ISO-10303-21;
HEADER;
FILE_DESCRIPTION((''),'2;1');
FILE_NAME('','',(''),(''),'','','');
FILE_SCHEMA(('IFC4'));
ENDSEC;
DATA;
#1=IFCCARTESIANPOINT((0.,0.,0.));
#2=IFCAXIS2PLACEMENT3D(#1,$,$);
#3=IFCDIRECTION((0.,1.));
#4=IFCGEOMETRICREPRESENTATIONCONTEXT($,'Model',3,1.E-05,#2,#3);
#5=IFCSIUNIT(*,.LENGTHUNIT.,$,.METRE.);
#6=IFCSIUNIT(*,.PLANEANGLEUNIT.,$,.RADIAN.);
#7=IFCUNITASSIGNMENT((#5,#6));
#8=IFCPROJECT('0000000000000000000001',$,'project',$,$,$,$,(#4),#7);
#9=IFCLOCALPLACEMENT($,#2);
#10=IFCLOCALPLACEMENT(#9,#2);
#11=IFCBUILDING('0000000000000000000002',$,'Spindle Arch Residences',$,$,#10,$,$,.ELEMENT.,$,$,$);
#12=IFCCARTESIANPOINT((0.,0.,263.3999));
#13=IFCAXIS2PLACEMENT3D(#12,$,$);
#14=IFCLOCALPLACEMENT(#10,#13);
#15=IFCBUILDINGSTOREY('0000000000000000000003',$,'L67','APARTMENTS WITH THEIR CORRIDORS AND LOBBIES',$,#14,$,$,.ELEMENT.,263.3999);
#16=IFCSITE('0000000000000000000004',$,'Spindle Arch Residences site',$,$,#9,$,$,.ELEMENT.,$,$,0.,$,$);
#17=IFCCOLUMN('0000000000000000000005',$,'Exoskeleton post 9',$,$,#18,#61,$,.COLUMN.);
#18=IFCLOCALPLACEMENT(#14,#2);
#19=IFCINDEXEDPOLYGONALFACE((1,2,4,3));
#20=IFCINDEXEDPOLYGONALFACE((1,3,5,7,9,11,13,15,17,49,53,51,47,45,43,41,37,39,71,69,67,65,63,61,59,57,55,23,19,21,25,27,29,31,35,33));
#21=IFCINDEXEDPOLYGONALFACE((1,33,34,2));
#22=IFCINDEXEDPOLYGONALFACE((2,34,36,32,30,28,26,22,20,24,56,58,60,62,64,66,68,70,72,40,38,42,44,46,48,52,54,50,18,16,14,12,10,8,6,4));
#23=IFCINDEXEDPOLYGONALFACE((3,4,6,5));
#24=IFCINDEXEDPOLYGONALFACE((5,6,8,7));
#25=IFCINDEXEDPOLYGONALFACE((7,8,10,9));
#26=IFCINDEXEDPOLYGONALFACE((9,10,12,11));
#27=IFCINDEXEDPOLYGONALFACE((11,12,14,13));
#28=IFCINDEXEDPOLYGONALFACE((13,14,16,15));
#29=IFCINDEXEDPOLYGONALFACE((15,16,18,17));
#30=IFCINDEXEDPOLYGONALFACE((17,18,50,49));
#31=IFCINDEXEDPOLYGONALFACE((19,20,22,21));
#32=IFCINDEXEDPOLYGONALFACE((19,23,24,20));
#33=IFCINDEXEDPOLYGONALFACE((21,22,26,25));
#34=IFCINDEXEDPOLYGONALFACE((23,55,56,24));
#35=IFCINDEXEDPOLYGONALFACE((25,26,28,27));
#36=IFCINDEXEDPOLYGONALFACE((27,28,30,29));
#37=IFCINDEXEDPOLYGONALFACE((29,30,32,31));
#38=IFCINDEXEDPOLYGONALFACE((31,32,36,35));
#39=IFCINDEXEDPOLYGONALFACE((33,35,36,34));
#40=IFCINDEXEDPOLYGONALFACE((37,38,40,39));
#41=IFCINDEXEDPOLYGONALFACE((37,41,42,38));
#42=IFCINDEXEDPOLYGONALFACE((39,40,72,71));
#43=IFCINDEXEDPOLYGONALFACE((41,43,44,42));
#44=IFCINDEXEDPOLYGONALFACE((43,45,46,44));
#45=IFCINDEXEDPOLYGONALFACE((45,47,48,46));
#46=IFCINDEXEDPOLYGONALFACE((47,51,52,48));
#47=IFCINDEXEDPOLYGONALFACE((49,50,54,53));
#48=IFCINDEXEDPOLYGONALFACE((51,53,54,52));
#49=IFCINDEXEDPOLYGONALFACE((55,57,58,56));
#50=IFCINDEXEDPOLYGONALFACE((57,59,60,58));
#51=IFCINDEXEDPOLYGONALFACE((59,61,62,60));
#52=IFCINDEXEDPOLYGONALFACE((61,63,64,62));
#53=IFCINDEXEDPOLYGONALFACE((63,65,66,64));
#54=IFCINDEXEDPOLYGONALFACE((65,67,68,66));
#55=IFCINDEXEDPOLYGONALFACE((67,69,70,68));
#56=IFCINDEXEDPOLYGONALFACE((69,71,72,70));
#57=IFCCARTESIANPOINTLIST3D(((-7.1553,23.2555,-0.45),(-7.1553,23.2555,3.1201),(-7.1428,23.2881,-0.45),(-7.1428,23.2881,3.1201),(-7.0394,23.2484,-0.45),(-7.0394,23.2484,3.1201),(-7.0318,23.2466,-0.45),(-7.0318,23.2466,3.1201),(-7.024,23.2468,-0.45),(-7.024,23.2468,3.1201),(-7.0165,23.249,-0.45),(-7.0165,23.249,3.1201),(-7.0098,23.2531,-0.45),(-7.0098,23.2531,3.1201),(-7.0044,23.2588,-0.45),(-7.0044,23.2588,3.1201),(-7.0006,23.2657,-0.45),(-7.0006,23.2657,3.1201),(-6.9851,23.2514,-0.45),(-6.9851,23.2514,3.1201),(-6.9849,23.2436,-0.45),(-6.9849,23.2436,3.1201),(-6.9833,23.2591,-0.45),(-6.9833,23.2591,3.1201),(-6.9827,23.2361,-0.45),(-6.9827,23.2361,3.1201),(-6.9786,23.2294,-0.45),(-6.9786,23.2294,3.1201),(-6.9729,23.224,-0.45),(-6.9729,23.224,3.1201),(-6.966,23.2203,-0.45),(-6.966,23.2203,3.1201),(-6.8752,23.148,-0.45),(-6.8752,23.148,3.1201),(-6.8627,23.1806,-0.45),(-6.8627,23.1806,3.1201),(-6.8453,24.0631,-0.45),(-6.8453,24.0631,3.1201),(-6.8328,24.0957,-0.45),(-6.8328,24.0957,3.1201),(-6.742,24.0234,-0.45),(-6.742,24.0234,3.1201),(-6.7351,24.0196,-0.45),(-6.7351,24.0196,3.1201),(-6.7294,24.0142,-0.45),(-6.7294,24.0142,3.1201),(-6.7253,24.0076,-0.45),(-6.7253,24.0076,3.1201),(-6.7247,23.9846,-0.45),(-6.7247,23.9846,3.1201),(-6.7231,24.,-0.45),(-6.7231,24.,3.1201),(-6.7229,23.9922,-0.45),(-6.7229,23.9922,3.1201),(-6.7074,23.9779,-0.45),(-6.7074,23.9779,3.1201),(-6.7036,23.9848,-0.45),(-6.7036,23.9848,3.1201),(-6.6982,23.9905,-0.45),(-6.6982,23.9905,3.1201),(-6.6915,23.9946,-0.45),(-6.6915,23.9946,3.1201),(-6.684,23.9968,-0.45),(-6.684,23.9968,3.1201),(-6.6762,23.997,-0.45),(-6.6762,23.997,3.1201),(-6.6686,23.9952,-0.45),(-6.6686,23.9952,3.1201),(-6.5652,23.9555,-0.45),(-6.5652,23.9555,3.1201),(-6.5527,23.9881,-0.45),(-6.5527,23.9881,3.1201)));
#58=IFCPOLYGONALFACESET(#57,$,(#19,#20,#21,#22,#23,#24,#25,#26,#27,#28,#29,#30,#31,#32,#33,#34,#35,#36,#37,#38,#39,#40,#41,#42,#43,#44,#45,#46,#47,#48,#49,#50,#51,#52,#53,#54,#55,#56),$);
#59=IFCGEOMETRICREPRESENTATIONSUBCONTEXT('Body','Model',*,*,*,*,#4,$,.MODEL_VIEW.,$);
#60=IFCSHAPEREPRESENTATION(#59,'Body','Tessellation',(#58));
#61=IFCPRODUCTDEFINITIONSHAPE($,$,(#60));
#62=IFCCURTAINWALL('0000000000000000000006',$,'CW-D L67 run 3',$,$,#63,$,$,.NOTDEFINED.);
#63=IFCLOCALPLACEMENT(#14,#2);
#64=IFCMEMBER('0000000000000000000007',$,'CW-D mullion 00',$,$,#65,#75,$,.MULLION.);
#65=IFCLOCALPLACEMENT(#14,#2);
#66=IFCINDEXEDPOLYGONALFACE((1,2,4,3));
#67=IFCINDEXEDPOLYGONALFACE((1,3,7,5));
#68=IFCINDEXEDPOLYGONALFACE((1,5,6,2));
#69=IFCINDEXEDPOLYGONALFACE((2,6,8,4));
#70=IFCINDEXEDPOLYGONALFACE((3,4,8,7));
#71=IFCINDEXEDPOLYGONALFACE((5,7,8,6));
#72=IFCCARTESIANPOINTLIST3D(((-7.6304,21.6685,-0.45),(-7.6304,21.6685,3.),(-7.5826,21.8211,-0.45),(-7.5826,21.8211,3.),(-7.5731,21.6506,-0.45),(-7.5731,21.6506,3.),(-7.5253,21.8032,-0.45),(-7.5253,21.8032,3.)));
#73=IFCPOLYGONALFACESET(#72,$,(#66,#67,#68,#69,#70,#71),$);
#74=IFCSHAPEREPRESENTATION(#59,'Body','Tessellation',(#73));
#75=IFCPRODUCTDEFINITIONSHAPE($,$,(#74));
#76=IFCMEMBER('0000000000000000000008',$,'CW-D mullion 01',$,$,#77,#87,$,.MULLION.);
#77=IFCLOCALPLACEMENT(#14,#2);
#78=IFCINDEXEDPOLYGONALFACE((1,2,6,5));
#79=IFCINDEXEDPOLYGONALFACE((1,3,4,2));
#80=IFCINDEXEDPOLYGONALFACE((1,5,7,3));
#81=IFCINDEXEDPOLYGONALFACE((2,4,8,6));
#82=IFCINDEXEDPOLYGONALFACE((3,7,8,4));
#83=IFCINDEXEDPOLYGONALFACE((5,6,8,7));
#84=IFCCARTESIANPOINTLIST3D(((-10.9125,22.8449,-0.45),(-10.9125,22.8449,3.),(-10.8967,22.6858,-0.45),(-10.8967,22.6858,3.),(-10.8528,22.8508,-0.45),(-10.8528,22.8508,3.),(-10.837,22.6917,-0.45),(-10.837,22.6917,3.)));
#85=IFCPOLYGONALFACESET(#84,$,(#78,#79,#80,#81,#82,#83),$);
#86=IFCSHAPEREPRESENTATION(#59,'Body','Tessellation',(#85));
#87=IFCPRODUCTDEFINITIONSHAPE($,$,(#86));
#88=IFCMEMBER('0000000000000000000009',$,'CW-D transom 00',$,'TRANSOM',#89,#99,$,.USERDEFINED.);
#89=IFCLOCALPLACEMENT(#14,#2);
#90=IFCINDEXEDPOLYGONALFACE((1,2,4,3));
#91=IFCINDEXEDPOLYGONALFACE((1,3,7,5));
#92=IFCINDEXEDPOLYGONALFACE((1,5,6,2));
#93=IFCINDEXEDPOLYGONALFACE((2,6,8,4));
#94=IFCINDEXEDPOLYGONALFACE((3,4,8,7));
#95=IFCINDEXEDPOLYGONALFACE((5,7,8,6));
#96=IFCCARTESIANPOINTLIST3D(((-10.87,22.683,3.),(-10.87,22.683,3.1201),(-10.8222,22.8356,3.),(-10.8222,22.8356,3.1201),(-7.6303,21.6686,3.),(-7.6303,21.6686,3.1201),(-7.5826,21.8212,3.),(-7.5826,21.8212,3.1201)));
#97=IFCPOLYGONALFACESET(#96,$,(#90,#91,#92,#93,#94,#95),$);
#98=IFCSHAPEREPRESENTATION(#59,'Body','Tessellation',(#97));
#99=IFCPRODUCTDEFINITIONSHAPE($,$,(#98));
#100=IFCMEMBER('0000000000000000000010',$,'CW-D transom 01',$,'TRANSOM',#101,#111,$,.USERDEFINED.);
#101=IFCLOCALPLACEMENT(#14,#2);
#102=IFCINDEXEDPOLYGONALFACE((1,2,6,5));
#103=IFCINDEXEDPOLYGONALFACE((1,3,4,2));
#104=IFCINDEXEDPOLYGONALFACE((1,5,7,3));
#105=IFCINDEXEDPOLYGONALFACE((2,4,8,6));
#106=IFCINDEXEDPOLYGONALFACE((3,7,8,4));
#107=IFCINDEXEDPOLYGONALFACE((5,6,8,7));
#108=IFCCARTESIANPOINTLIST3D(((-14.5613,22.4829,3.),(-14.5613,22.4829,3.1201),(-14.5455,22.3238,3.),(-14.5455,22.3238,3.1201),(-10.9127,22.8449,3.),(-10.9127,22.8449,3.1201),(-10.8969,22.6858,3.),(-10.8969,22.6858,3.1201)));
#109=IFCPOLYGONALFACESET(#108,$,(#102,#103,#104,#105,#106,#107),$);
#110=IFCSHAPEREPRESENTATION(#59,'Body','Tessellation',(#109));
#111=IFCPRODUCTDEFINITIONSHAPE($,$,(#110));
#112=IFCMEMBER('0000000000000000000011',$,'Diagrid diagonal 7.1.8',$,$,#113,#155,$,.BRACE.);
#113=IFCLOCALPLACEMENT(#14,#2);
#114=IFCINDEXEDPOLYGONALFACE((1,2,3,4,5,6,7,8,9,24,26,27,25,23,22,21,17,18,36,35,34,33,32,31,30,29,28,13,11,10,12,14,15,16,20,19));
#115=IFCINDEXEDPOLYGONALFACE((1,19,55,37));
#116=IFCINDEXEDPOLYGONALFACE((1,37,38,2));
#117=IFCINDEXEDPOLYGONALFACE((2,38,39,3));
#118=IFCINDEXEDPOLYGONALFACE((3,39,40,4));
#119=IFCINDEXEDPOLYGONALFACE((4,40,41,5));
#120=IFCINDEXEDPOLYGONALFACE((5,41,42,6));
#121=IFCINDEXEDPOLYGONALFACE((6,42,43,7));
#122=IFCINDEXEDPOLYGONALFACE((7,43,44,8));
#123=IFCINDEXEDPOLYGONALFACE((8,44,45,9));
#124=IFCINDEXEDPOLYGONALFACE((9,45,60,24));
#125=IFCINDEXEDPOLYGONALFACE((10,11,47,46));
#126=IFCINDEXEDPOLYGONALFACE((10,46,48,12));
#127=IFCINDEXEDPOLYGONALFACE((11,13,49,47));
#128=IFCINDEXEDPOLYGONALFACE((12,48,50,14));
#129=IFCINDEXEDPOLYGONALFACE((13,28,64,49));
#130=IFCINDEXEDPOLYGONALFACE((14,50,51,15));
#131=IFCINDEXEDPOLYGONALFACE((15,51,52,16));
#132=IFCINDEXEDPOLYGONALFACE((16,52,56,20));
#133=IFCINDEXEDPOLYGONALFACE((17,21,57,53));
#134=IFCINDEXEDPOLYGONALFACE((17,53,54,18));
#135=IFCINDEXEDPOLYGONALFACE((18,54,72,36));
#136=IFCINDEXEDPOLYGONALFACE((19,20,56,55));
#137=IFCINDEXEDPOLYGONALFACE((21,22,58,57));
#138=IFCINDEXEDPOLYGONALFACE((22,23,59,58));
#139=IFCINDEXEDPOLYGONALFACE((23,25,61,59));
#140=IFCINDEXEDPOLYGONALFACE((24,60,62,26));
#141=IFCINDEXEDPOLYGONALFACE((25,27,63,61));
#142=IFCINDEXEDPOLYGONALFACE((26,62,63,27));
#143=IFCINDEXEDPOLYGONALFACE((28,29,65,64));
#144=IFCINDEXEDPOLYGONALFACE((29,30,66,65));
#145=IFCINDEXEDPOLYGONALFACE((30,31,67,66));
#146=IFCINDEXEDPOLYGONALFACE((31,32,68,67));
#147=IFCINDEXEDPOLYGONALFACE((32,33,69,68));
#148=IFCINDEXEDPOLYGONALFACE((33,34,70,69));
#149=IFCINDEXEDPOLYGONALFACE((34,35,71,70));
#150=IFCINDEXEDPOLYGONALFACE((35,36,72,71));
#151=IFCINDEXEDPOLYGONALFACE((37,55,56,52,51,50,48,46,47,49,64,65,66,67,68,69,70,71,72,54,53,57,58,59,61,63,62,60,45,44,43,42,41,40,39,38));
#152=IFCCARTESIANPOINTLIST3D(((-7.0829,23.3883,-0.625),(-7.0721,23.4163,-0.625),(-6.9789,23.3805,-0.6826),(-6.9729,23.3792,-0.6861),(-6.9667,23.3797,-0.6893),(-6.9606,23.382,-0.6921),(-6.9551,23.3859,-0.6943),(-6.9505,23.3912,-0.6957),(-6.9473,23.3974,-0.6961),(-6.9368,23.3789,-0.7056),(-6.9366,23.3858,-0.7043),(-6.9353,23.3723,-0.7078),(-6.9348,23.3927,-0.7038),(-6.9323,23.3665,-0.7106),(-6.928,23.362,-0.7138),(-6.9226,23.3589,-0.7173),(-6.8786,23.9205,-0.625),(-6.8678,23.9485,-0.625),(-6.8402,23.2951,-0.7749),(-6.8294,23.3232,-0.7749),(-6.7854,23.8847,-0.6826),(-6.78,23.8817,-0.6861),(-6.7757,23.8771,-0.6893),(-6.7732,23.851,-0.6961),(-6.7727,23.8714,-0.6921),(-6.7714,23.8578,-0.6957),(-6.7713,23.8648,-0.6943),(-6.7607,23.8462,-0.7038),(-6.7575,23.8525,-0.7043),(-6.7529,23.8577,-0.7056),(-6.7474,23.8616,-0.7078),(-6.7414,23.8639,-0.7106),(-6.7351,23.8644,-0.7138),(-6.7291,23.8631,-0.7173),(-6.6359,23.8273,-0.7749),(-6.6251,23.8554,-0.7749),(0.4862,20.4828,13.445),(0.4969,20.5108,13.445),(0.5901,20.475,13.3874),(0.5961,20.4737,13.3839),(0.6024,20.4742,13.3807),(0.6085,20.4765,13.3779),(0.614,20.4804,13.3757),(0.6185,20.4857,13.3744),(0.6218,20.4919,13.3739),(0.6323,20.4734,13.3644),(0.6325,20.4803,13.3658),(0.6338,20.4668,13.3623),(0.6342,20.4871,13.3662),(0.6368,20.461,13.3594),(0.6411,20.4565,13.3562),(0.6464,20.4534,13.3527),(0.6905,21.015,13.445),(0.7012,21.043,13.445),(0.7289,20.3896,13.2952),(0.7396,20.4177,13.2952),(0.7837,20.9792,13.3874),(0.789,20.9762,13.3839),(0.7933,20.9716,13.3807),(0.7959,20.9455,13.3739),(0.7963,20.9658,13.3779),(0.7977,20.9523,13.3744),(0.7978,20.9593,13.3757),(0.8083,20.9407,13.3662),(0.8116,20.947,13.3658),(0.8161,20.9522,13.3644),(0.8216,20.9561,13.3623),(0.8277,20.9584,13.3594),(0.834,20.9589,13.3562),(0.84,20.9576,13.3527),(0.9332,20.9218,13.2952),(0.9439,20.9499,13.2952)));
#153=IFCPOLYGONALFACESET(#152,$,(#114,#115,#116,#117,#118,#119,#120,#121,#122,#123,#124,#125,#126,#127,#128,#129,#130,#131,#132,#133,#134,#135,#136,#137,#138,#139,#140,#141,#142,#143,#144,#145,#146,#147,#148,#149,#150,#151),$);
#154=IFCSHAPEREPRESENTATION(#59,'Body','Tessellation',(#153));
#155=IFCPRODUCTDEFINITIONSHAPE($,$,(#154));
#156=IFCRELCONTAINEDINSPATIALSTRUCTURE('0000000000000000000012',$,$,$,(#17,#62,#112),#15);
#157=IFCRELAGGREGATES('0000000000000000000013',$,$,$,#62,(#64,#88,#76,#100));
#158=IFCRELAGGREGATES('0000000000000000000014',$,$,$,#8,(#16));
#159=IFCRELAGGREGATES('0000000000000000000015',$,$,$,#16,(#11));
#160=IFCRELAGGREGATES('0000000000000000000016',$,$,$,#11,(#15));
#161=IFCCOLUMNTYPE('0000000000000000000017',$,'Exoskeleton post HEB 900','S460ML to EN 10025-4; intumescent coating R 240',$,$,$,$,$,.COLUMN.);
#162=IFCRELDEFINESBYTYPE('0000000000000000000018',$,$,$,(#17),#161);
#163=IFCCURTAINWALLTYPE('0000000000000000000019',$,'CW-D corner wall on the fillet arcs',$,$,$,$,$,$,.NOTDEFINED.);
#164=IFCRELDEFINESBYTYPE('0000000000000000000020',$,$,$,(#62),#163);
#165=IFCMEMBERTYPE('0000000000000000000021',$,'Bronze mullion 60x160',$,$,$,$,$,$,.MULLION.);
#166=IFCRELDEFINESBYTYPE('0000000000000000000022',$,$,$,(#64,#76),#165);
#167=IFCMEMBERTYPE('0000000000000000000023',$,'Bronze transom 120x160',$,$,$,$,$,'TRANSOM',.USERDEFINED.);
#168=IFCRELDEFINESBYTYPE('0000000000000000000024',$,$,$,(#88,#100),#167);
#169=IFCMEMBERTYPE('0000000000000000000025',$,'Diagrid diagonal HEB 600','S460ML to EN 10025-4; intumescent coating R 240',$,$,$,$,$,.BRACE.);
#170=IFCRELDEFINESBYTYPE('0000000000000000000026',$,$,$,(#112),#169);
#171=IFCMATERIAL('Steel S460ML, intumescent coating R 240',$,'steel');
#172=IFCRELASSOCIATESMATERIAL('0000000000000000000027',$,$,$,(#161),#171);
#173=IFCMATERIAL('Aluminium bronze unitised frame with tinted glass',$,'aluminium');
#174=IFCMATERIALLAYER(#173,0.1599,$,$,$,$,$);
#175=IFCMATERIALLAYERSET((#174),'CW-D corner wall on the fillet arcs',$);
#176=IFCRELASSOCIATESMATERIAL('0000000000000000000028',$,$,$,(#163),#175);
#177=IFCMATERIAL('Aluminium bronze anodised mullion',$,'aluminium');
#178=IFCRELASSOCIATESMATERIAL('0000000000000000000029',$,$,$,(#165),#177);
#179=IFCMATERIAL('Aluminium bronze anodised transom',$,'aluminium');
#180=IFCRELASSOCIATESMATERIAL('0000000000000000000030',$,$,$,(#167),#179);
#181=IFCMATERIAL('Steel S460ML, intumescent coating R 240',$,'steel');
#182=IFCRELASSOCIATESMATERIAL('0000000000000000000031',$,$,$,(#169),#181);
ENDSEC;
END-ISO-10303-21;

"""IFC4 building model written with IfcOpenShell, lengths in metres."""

from ifc_helpers import new_model, si_unit, direction, frame, origin, origin_2d, place, context, subcontext, project, spatial, rectangle, i_section, extrude, material, layer, layer_set, material_profile, profile_set, type_object, element, aggregate, save


model = new_model("IFC4")

# Units and contexts
model_context = context("Model", 3, precision=1e-05, world=origin(), true_north=direction((0.0, 1.0)))
body_context = subcontext(model_context, "Body", "Model", "MODEL_VIEW")
ifc_project = project(units=[si_unit("LENGTHUNIT", "METRE"), si_unit("PLANEANGLEUNIT", "RADIAN")], contexts=[model_context])

# Site, building, storey
site_placement = place(None, origin())
site = spatial("IfcSite", under=ifc_project, at=site_placement, Name="Spindle Arch Residences site", CompositionType="ELEMENT", RefElevation=0.0)
building_placement = place(site_placement, origin())
building = spatial("IfcBuilding", under=site, at=building_placement, Name="Spindle Arch Residences", CompositionType="ELEMENT")
storey_placement = place(building_placement, frame((0.0, 0.0, 263.3999)))
storey = spatial("IfcBuildingStorey", under=building, at=storey_placement, Name="L67", Description="APARTMENTS WITH THEIR CORRIDORS AND LOBBIES", CompositionType="ELEMENT", Elevation=263.3999)

# Column
ifc_material_1 = material(Name="Steel S460ML, intumescent coating R 240", Category="steel")
ifc_material_profile_1 = material_profile(ifc_material_1, i_section(OverallWidth=0.3, OverallDepth=0.8999, WebThickness=0.0186, FlangeThickness=0.0349, FilletRadius=0.03, at=origin_2d()), Name="HEB 900")
ifc_profile_set_1 = profile_set([ifc_material_profile_1], Name="Steel S460ML, intumescent coating R 240")
column_type = type_object("IfcColumnType", Name="Exoskeleton post HEB 900", Description="S460ML to EN 10025-4; intumescent coating R 240", PredefinedType="COLUMN", material=ifc_profile_set_1)
column_placement = place(storey_placement, frame((-6.854, 23.6218, -0.45), z_axis=(0.0, 0.0, 1.0), x_axis=(0.93358, -0.358368, 0.0)))
element("IfcColumn", 1, at=column_placement, inside=storey, type_object=column_type, Name="Exoskeleton post 9", PredefinedType="COLUMN", context=body_context, shape_type="SweptSolid", body=[
    extrude(i_section(OverallWidth=0.3, OverallDepth=0.8999, WebThickness=0.0186, FlangeThickness=0.0349, FilletRadius=0.03, at=origin_2d()), origin(), (0.0, 0.0, 1.0), 3.5701),
])

# Curtain wall, members
ifc_material_2 = material(Name="Aluminium bronze unitised frame with tinted glass", Category="aluminium")
ifc_layer_1 = layer(ifc_material_2, 0.1599)
ifc_layer_set_1 = layer_set([ifc_layer_1], Name="CW-D corner wall on the fillet arcs")
curtain_wall_type_1 = type_object("IfcCurtainWallType", Name="CW-D corner wall on the fillet arcs", PredefinedType="NOTDEFINED", material=ifc_layer_set_1)
curtain_wall_1_placement = place(storey_placement, origin())
curtain_wall_1 = element("IfcCurtainWall", 2, at=curtain_wall_1_placement, inside=storey, type_object=curtain_wall_type_1, Name="CW-D L67 run 3", PredefinedType="NOTDEFINED")
ifc_material_3 = material(Name="Aluminium bronze anodised mullion", Category="aluminium")
ifc_material_profile_2 = material_profile(ifc_material_3, rectangle(XDim=0.1599, YDim=0.0601, at=origin_2d()), Name="MU 60x160")
ifc_profile_set_2 = profile_set([ifc_material_profile_2], Name="Aluminium bronze anodised mullion")
member_type_1 = type_object("IfcMemberType", Name="Bronze mullion 60x160", PredefinedType="MULLION", material=ifc_profile_set_2)
member_1_placement = place(storey_placement, frame((-7.5779, 21.7358, -0.45), z_axis=(0.0, 0.0, 1.0), x_axis=(-0.298803, -0.954315, 0.0)))
member_1 = element("IfcMember", 3, at=member_1_placement, type_object=member_type_1, Name="CW-D mullion 00", PredefinedType="MULLION", context=body_context, shape_type="SweptSolid", body=[
    extrude(rectangle(XDim=0.1599, YDim=0.0601, at=origin_2d()), origin(), (0.0, 0.0, 1.0), 3.45),
])
member_2_placement = place(storey_placement, frame((-10.8748, 22.7683, -0.45), z_axis=(0.0, 0.0, 1.0), x_axis=(0.098741, -0.995113, 0.0)))
member_2 = element("IfcMember", 4, at=member_2_placement, type_object=member_type_1, Name="CW-D mullion 01", PredefinedType="MULLION", context=body_context, shape_type="SweptSolid", body=[
    extrude(rectangle(XDim=0.1599, YDim=0.0601, at=origin_2d()), origin(), (0.0, 0.0, 1.0), 3.45),
])
ifc_material_4 = material(Name="Aluminium bronze anodised transom", Category="aluminium")
ifc_material_profile_3 = material_profile(ifc_material_4, rectangle(XDim=0.1599, YDim=0.1201, at=origin_2d()), Name="TR 120x160")
ifc_profile_set_3 = profile_set([ifc_material_profile_3], Name="Aluminium bronze anodised transom")
member_type_2 = type_object("IfcMemberType", Name="Bronze transom 120x160", ElementType="TRANSOM", PredefinedType="USERDEFINED", material=ifc_profile_set_3)
member_3_placement = place(storey_placement, frame((-7.6064, 21.7449, 3.0601), z_axis=(-0.954313, 0.298807, 0.0), x_axis=(-0.298807, -0.954313, 0.0)))
member_3 = element("IfcMember", 5, at=member_3_placement, type_object=member_type_2, Name="CW-D transom 00", ObjectType="TRANSOM", PredefinedType="USERDEFINED", context=body_context, shape_type="SweptSolid", body=[
    extrude(rectangle(XDim=0.1599, YDim=0.1201, at=origin_2d()), origin(), (0.0, 0.0, 1.0), 3.3948),
])
member_4_placement = place(storey_placement, frame((-10.9048, 22.7654, 3.0601), z_axis=(-0.995113, -0.098746, 0.0), x_axis=(0.098746, -0.995113, 0.0)))
member_4 = element("IfcMember", 6, at=member_4_placement, type_object=member_type_2, Name="CW-D transom 01", ObjectType="TRANSOM", PredefinedType="USERDEFINED", context=body_context, shape_type="SweptSolid", body=[
    extrude(rectangle(XDim=0.1599, YDim=0.1201, at=origin_2d()), origin(), (0.0, 0.0, 1.0), 3.6665),
])

# Member
ifc_material_5 = material(Name="Steel S460ML, intumescent coating R 240", Category="steel")
ifc_material_profile_4 = material_profile(ifc_material_5, i_section(OverallWidth=0.3, OverallDepth=0.6001, WebThickness=0.0154, FlangeThickness=0.03, FilletRadius=0.0271, at=origin_2d()), Name="HEB 600")
ifc_profile_set_4 = profile_set([ifc_material_profile_4], Name="Steel S460ML, intumescent coating R 240")
member_type_3 = type_object("IfcMemberType", Name="Diagrid diagonal HEB 600", Description="S460ML to EN 10025-4; intumescent coating R 240", PredefinedType="BRACE", material=ifc_profile_set_4)
member_5_placement = place(storey_placement, frame((-6.854, 23.6218, -0.7), z_axis=(0.46611, -0.178924, 0.866445), x_axis=(-0.808896, 0.310508, 0.499272)))
element("IfcMember", 7, at=member_5_placement, inside=storey, type_object=member_type_3, Name="Diagrid diagonal 7.1.8", PredefinedType="BRACE", context=body_context, shape_type="SweptSolid", body=[
    extrude(i_section(OverallWidth=0.3, OverallDepth=0.6001, WebThickness=0.0154, FlangeThickness=0.03, FilletRadius=0.0271, at=origin_2d()), origin(), (0.0, 0.0, 1.0), 16.2388),
])

aggregate(curtain_wall_1, [member_1, member_3, member_2, member_4])

save(model, "model.ifc")
